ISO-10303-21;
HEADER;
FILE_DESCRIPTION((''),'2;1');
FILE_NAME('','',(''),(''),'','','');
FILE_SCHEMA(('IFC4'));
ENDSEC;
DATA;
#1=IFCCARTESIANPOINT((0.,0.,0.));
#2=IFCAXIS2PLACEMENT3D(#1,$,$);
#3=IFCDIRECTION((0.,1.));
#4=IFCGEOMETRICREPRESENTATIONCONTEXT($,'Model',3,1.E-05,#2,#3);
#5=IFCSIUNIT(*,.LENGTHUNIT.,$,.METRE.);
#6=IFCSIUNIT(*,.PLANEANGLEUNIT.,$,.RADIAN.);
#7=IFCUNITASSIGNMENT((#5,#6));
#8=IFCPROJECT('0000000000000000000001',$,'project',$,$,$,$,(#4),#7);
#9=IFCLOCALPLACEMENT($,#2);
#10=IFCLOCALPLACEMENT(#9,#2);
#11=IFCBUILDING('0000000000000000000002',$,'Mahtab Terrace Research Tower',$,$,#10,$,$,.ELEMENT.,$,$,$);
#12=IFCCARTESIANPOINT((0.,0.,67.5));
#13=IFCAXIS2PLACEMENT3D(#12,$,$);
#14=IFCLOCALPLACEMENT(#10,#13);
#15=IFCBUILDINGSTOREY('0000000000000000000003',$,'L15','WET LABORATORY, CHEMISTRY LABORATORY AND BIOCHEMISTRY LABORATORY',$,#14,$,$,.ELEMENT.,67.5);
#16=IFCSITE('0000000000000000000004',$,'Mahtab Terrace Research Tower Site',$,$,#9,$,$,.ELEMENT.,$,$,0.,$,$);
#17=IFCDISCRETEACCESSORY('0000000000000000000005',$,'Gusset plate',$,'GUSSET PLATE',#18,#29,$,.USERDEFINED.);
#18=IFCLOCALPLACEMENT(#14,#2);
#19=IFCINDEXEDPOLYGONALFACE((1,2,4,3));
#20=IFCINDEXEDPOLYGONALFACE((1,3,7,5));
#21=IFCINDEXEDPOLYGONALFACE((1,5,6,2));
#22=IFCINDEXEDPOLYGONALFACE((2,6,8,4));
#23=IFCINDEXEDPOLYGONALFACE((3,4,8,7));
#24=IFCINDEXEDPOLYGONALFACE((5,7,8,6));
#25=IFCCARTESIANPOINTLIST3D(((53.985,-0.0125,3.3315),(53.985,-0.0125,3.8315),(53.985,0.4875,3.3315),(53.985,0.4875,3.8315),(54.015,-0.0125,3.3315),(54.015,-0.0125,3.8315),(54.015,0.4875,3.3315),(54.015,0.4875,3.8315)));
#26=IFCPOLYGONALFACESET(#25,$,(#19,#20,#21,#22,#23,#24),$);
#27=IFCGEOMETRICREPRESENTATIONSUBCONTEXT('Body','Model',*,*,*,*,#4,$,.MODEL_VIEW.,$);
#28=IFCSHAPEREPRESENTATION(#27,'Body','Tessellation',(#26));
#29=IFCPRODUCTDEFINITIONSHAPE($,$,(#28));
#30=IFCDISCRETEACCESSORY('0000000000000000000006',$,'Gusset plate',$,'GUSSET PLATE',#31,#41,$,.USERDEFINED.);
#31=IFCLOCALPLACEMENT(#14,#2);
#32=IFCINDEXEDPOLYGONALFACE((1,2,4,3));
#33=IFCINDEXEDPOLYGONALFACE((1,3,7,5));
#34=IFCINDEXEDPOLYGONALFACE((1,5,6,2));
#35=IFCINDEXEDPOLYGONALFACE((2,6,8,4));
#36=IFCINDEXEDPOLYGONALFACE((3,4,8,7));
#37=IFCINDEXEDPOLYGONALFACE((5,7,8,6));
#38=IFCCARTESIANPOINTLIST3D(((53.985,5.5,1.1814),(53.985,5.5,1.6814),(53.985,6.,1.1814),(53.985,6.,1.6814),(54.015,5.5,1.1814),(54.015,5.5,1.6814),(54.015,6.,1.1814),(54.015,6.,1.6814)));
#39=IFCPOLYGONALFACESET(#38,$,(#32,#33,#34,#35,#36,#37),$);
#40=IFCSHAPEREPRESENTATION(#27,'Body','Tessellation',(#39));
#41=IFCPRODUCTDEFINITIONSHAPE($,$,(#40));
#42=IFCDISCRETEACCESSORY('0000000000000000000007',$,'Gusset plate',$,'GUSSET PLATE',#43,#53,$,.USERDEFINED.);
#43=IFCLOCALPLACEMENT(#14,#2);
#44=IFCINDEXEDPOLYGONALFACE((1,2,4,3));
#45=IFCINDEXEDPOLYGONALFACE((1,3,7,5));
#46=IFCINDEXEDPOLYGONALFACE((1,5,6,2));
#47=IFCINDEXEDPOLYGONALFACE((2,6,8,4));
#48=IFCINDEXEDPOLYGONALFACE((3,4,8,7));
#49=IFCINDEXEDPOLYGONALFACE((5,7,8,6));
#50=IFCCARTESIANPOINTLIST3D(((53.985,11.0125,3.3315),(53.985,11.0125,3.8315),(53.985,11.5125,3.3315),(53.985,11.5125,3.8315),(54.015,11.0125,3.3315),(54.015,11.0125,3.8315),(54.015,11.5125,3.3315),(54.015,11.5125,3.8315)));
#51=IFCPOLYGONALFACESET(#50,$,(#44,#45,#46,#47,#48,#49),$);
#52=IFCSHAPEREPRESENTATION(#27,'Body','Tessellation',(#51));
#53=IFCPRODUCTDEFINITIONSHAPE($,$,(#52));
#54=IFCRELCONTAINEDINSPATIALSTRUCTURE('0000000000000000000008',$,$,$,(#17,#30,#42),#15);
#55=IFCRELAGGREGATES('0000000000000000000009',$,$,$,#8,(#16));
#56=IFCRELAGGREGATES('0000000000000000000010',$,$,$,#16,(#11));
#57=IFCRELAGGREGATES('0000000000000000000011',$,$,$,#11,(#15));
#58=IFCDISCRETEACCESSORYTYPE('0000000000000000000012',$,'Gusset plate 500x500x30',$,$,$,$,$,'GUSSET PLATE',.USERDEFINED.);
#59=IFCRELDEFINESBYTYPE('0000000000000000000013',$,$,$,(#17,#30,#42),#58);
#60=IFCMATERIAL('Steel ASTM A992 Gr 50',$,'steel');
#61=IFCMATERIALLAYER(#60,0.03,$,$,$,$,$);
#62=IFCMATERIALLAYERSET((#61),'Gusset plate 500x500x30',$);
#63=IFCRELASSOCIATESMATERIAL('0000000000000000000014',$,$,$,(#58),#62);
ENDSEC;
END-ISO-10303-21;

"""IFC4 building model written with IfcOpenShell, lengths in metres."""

from ifc_helpers import new_model, si_unit, direction, frame, origin, origin_2d, place, context, subcontext, project, spatial, rectangle, extrude, material, layer, layer_set, type_object, element, save


model = new_model("IFC4")

# Units and contexts
model_context = context("Model", 3, precision=1e-05, world=origin(), true_north=direction((0.0, 1.0)))
body_context = subcontext(model_context, "Body", "Model", "MODEL_VIEW")
ifc_project = project(units=[si_unit("LENGTHUNIT", "METRE"), si_unit("PLANEANGLEUNIT", "RADIAN")], contexts=[model_context])

# Site, building, storey
site_placement = place(None, origin())
site = spatial("IfcSite", under=ifc_project, at=site_placement, Name="Mahtab Terrace Research Tower Site", CompositionType="ELEMENT", RefElevation=0.0)
building_placement = place(site_placement, origin())
building = spatial("IfcBuilding", under=site, at=building_placement, Name="Mahtab Terrace Research Tower", CompositionType="ELEMENT")
storey_placement = place(building_placement, frame((0.0, 0.0, 67.5)))
storey = spatial("IfcBuildingStorey", under=building, at=storey_placement, Name="L15", Description="WET LABORATORY, CHEMISTRY LABORATORY AND BIOCHEMISTRY LABORATORY", CompositionType="ELEMENT", Elevation=67.5)

# Shared definitions
ifc_material_1 = material(Name="Steel ASTM A992 Gr 50", Category="steel")

# Discrete accessories
ifc_layer_1 = layer(ifc_material_1, 0.03)
ifc_layer_set_1 = layer_set([ifc_layer_1], Name="Gusset plate 500x500x30")
discrete_accessory_type = type_object("IfcDiscreteAccessoryType", Name="Gusset plate 500x500x30", ElementType="GUSSET PLATE", PredefinedType="USERDEFINED", material=ifc_layer_set_1)
for number, where, z_axis, x_axis, name in (
    (1, (54.0, 0.2375, 3.3315), (0.0, 0.0, 1.0), (0.0, 1.0, 0.0), "Gusset plate"),
    (2, (54.0, 5.75, 1.1814), (0.0, 0.0, 1.0), (0.0, 1.0, 0.0), "Gusset plate"),
    (3, (54.0, 11.2625, 3.3315), (0.0, 0.0, 1.0), (0.0, 1.0, 0.0), "Gusset plate"),
):
    element("IfcDiscreteAccessory", number, at=place(storey_placement, frame(where, z_axis=z_axis, x_axis=x_axis)), inside=storey, type_object=discrete_accessory_type, Name=name, ObjectType="GUSSET PLATE", PredefinedType="USERDEFINED", context=body_context, shape_type="SweptSolid", body=[
        extrude(rectangle(XDim=0.5, YDim=0.03, at=origin_2d()), origin(), (0.0, 0.0, 1.0), 0.5),
    ])

save(model, "model.ifc")
